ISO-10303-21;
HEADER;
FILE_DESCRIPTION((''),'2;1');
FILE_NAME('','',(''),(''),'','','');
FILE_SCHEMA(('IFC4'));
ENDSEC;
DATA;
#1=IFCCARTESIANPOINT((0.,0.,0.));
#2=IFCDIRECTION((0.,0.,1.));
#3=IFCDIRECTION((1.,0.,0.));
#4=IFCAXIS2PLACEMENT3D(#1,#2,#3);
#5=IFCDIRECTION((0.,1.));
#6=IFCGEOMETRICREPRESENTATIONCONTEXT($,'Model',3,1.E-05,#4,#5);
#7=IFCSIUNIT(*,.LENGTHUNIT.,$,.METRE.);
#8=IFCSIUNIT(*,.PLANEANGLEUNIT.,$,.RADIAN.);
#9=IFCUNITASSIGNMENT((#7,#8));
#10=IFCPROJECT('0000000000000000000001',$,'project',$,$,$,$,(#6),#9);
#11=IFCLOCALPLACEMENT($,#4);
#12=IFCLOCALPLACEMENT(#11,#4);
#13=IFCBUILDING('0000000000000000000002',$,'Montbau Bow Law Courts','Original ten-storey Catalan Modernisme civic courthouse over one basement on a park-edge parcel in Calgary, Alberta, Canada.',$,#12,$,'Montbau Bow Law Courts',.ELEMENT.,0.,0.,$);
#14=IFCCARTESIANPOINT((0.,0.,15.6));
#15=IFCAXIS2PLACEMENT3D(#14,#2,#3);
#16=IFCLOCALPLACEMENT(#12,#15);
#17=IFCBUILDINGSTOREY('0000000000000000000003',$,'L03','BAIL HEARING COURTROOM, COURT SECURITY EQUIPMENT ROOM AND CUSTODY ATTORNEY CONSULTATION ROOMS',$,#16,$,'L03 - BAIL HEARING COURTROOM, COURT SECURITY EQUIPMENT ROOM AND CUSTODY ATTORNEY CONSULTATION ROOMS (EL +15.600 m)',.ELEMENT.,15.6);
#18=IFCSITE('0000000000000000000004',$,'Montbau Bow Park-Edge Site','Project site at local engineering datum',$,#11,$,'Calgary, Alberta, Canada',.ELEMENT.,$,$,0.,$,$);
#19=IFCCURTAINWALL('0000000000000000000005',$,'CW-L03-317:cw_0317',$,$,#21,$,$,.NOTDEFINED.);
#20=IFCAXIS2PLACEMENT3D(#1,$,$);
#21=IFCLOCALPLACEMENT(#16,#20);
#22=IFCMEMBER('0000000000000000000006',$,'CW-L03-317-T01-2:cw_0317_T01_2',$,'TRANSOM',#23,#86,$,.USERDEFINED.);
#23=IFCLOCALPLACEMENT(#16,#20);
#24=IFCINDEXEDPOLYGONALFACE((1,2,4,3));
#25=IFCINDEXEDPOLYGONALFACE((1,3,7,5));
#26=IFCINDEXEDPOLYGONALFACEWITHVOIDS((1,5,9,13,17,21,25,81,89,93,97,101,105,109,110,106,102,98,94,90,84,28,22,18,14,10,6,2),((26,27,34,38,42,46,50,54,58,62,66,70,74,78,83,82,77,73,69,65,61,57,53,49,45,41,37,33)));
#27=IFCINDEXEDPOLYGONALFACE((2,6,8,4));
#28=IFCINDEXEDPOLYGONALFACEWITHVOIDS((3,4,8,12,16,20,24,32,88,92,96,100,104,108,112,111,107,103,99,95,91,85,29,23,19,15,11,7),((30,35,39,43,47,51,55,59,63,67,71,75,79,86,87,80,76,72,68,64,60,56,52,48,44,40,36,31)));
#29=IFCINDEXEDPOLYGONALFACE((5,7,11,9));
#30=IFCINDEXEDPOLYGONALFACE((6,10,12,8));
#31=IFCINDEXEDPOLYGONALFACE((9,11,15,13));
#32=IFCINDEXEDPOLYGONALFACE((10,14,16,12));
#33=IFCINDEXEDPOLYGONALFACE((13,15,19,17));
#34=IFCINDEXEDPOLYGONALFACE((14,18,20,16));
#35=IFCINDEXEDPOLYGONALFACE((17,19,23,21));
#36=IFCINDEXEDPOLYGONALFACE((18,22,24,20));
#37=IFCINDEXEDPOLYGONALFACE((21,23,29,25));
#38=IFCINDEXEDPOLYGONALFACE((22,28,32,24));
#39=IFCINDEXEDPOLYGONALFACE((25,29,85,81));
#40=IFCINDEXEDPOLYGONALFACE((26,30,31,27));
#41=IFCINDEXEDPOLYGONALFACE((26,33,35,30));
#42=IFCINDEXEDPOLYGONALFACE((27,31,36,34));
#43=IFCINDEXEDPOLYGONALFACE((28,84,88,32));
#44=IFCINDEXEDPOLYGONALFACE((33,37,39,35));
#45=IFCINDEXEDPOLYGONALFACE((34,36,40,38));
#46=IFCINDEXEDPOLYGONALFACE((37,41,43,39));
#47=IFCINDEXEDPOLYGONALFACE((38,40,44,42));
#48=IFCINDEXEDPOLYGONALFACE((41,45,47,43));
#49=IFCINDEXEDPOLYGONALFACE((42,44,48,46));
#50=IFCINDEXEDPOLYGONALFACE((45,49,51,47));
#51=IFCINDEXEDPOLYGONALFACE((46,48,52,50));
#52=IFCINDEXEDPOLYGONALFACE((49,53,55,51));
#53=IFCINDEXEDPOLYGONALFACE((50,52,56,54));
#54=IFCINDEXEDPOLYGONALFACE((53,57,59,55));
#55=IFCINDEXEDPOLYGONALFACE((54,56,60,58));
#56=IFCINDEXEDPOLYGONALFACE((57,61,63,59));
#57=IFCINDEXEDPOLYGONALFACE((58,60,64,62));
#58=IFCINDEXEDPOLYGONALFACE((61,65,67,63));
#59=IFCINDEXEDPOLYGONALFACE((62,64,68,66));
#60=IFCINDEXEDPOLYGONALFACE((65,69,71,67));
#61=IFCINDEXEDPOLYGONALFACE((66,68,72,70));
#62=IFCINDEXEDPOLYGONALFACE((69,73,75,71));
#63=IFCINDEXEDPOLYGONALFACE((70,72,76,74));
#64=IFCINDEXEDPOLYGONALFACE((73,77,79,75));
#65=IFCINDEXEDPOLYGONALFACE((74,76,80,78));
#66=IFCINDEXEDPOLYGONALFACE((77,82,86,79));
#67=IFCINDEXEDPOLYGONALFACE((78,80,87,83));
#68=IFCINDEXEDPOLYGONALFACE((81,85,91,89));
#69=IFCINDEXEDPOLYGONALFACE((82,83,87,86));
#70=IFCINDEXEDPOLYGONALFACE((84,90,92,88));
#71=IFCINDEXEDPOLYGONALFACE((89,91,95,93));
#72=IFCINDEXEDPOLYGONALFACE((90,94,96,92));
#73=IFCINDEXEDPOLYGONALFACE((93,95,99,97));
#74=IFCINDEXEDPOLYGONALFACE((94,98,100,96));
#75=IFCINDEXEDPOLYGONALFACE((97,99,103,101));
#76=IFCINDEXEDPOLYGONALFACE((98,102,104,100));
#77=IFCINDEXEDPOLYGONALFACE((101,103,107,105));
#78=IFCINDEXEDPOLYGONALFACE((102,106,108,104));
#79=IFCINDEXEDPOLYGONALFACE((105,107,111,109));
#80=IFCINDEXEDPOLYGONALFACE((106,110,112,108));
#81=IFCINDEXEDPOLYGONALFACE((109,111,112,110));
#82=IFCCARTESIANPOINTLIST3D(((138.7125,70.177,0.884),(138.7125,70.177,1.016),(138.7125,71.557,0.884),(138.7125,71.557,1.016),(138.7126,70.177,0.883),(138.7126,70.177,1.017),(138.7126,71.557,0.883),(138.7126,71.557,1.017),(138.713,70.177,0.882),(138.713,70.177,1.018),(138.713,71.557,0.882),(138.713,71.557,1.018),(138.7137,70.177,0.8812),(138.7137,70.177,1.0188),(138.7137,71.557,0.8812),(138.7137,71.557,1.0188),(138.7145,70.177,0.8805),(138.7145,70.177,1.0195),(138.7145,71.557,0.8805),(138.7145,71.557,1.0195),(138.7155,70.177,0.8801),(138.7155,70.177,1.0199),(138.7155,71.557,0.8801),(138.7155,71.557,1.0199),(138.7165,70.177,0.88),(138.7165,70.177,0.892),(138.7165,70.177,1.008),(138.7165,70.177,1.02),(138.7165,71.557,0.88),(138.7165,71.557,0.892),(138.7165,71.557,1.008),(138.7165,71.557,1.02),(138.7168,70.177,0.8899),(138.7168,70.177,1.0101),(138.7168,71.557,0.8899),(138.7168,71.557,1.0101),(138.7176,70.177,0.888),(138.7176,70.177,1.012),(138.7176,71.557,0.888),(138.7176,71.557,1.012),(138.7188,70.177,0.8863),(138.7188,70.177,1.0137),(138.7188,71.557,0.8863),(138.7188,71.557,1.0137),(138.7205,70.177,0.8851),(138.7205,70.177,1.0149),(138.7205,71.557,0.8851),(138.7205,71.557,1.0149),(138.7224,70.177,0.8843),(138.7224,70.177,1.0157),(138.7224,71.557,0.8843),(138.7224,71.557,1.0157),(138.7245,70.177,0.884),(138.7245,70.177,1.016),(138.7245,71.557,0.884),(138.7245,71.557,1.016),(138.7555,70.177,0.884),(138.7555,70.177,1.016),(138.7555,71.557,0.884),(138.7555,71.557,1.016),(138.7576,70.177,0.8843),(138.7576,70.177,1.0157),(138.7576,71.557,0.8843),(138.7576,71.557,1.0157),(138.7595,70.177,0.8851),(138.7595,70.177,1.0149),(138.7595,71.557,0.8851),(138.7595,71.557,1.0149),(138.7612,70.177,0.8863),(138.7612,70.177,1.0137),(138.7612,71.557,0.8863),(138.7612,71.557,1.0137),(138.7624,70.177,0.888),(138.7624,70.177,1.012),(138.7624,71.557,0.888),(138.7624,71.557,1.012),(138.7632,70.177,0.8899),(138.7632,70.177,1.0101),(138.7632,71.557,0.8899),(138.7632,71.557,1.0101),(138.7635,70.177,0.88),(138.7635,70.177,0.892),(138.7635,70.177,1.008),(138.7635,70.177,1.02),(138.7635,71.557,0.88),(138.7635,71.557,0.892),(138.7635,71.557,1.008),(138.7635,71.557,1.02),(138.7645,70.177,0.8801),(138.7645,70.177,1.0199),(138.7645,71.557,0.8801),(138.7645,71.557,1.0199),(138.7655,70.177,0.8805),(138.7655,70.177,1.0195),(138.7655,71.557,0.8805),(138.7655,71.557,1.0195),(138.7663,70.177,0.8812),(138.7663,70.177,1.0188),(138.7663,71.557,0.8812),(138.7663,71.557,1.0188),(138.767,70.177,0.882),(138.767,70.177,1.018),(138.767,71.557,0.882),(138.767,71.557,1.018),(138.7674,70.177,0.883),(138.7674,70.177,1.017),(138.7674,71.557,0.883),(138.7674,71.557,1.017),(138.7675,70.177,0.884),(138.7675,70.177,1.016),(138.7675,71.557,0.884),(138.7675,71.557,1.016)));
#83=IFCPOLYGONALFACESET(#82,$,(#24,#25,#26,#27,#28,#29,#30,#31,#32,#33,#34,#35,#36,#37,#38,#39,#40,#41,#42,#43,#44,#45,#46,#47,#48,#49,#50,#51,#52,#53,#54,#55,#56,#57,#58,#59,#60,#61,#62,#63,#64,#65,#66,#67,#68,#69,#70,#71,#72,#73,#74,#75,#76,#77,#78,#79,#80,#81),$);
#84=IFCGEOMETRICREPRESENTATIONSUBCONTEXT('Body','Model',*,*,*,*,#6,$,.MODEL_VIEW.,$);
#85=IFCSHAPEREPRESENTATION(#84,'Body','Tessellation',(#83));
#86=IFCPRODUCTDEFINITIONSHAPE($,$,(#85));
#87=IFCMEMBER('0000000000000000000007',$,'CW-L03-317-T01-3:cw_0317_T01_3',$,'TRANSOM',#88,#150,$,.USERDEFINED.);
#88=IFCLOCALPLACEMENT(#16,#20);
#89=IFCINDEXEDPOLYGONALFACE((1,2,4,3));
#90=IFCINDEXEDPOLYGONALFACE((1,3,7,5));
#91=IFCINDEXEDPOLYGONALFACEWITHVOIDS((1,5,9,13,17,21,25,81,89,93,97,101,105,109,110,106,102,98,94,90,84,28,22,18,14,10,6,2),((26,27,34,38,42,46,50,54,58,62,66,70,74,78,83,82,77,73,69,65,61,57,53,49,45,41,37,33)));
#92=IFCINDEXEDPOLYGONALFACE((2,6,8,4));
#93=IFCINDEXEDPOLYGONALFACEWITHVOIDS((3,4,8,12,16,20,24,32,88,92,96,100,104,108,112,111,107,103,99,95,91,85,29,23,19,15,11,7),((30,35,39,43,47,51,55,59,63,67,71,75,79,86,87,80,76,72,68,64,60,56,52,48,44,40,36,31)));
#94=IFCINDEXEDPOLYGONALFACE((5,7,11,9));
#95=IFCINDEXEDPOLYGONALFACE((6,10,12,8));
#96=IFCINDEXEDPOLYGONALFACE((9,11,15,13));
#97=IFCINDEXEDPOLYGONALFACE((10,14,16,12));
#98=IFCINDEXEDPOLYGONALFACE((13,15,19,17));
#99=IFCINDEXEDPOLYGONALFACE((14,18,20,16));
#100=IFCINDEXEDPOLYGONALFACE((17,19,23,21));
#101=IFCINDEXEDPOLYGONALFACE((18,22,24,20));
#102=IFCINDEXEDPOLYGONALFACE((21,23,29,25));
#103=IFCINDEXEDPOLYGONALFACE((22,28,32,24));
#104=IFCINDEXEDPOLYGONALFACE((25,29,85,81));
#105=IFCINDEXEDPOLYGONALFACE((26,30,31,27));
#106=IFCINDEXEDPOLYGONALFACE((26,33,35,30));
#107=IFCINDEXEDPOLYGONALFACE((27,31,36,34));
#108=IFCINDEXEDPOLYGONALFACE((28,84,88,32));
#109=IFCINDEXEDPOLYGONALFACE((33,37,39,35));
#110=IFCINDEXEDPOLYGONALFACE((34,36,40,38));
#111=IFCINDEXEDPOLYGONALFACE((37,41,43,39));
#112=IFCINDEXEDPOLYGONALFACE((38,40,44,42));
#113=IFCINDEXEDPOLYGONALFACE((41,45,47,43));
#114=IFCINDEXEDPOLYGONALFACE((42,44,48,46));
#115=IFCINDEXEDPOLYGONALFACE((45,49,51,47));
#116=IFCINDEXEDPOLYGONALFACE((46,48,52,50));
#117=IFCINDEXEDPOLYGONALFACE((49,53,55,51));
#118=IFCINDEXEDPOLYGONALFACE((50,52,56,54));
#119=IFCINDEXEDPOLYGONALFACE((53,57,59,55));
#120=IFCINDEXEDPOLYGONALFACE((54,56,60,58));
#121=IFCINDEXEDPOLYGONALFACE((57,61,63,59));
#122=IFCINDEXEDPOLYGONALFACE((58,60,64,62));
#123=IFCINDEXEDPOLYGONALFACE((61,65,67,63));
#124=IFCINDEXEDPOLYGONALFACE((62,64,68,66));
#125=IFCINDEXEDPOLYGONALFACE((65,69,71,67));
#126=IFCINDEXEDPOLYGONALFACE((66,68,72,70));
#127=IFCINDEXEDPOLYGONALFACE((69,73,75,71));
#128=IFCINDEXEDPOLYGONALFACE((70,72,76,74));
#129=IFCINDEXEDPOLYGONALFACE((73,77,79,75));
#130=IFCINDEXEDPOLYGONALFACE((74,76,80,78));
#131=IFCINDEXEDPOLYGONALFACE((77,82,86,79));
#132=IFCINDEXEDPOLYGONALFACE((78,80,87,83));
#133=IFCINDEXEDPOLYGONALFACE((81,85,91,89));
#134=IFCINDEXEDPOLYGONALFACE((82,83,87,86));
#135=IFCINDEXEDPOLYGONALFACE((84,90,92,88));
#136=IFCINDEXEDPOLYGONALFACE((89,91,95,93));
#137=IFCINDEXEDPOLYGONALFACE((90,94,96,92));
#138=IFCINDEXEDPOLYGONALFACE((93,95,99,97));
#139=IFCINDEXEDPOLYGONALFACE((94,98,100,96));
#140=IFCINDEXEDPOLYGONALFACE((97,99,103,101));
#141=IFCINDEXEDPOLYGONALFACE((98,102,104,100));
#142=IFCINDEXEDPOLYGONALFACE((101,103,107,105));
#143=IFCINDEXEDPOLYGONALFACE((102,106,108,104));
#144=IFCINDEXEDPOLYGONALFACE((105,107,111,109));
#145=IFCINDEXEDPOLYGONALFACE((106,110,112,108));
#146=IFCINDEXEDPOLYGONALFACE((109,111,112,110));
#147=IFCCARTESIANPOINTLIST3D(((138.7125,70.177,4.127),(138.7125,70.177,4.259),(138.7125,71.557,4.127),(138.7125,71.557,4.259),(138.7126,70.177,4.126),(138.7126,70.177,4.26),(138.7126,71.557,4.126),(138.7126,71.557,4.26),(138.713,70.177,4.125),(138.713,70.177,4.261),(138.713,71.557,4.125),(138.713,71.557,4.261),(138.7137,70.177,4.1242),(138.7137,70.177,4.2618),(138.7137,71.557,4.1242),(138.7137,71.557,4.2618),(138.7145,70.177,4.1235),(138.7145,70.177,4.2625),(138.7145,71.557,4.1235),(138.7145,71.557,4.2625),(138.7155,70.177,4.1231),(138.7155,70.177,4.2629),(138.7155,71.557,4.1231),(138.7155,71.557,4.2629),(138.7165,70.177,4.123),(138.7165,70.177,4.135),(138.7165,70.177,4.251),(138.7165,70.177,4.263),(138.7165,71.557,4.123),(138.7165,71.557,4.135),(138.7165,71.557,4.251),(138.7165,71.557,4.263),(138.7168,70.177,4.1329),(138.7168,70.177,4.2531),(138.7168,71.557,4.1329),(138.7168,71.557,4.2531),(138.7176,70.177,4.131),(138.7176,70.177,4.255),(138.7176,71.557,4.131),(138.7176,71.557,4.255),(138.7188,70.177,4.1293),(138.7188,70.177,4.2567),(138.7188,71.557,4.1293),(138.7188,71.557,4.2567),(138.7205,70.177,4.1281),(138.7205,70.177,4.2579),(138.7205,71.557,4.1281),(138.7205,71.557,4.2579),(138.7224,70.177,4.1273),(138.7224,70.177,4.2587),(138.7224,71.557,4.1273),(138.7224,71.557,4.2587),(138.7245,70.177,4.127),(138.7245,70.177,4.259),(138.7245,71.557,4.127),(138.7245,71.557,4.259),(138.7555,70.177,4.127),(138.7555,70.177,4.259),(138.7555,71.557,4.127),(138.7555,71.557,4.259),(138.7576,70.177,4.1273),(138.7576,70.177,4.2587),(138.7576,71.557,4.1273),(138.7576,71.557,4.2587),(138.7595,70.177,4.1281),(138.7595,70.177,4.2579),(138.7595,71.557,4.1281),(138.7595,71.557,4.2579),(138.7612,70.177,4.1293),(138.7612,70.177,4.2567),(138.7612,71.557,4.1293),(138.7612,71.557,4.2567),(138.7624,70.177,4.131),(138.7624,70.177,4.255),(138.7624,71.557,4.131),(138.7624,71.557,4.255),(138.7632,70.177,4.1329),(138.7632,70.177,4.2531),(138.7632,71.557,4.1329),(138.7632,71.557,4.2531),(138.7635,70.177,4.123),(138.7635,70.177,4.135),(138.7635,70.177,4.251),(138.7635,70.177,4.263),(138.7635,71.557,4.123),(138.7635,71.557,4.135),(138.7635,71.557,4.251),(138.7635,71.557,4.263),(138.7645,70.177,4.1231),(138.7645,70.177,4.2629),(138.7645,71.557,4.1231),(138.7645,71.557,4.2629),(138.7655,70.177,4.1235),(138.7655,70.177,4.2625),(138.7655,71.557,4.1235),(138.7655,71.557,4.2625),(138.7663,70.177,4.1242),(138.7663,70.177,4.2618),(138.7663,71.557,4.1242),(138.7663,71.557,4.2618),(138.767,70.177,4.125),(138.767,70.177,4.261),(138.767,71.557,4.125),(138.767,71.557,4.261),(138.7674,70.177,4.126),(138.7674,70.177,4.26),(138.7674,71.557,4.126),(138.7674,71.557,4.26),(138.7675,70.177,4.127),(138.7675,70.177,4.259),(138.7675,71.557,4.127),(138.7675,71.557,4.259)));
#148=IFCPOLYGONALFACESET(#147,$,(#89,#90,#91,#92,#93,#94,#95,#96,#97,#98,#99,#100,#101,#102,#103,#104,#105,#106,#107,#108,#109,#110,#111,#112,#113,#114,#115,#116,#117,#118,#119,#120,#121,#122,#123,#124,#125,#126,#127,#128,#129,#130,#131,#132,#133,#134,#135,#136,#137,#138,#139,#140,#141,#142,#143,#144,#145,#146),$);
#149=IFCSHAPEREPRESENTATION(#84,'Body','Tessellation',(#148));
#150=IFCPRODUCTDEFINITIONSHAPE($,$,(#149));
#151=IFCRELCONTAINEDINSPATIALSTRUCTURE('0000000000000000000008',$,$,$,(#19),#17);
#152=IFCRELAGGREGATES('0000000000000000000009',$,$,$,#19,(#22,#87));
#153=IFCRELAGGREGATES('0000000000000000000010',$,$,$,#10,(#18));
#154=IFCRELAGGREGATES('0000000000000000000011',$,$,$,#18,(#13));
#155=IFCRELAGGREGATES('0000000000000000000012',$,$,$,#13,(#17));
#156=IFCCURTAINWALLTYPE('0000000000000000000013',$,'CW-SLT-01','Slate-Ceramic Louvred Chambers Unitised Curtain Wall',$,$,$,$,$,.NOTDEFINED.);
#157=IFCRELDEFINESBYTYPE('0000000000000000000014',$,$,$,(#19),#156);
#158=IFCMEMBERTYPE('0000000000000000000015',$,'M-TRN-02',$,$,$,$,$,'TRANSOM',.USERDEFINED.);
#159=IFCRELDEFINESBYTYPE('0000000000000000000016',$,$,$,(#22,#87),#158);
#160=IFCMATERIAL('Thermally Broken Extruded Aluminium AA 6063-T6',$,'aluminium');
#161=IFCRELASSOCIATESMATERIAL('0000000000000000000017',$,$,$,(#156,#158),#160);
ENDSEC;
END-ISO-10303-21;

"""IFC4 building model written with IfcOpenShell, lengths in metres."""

from ifc_helpers import new_model, si_unit, direction, frame, origin_with_axes, origin_2d_with_axis, place, context, subcontext, project, spatial, hollow_rectangle, extrude, material, material_profile, profile_set, type_object, element, aggregate, save


model = new_model("IFC4")

# Units and contexts
model_context = context("Model", 3, precision=1e-05, world=origin_with_axes(), true_north=direction((0.0, 1.0)))
body_context = subcontext(model_context, "Body", "Model", "MODEL_VIEW")
ifc_project = project(units=[si_unit("LENGTHUNIT", "METRE"), si_unit("PLANEANGLEUNIT", "RADIAN")], contexts=[model_context])

# Site, building, storey
site_placement = place(None, origin_with_axes())
site = spatial("IfcSite", under=ifc_project, at=site_placement, Name="Montbau Bow Park-Edge Site", Description="Project site at local engineering datum", LongName="Calgary, Alberta, Canada", CompositionType="ELEMENT", RefElevation=0.0)
building_placement = place(site_placement, origin_with_axes())
building = spatial("IfcBuilding", under=site, at=building_placement, Name="Montbau Bow Law Courts", Description="Original ten-storey Catalan Modernisme civic courthouse over one basement on a park-edge parcel in Calgary, Alberta, Canada.", LongName="Montbau Bow Law Courts", CompositionType="ELEMENT", ElevationOfRefHeight=0.0, ElevationOfTerrain=0.0)
storey_placement = place(building_placement, frame((0.0, 0.0, 15.6), z_axis=(0.0, 0.0, 1.0), x_axis=(1.0, 0.0, 0.0)))
storey = spatial("IfcBuildingStorey", under=building, at=storey_placement, Name="L03", Description="BAIL HEARING COURTROOM, COURT SECURITY EQUIPMENT ROOM AND CUSTODY ATTORNEY CONSULTATION ROOMS", LongName="L03 - BAIL HEARING COURTROOM, COURT SECURITY EQUIPMENT ROOM AND CUSTODY ATTORNEY CONSULTATION ROOMS (EL +15.600 m)", CompositionType="ELEMENT", Elevation=15.6)

# Curtain wall, members
ifc_material_1 = material(Name="Thermally Broken Extruded Aluminium AA 6063-T6", Category="aluminium")
curtain_wall_type = type_object("IfcCurtainWallType", Name="CW-SLT-01", Description="Slate-Ceramic Louvred Chambers Unitised Curtain Wall", PredefinedType="NOTDEFINED", material=ifc_material_1)
curtain_wall_placement = place(None, frame((138.74, 70.115, 15.6), z_axis=(0.0, 0.0, 1.0), x_axis=(1.0, 0.0, 0.0)))
curtain_wall = element("IfcCurtainWall", 1, at=curtain_wall_placement, inside=storey, type_object=curtain_wall_type, Name="CW-L03-317:cw_0317", PredefinedType="NOTDEFINED")
ifc_material_profile_1 = material_profile(ifc_material_1, hollow_rectangle(XDim=0.055, YDim=0.14, WallThickness=0.004, InnerFilletRadius=0.008, OuterFilletRadius=0.004, at=origin_2d_with_axis()), Name="CWT-140X55", Category="Main", Priority=0)
ifc_profile_set_1 = profile_set([ifc_material_profile_1], Name="Thermally Broken Extruded Aluminium AA 6063-T6")
member_type_1 = type_object("IfcMemberType", Name="M-TRN-02", ElementType="TRANSOM", PredefinedType="USERDEFINED", material=ifc_profile_set_1)
member_1_placement = place(None, frame((138.74, 70.177, 16.55), z_axis=(0.0, 1.0, 0.0), x_axis=(-1.0, 0.0, 0.0)))
member_1 = element("IfcMember", 2, at=member_1_placement, type_object=member_type_1, Name="CW-L03-317-T01-2:cw_0317_T01_2", ObjectType="TRANSOM", PredefinedType="USERDEFINED", context=body_context, shape_type="SweptSolid", body=[
    extrude(hollow_rectangle(XDim=0.055, YDim=0.14, WallThickness=0.004, InnerFilletRadius=0.008, OuterFilletRadius=0.004, at=origin_2d_with_axis()), origin_with_axes(), (0.0, 0.0, 1.0), 1.38),
])
member_2_placement = place(None, frame((138.74, 70.177, 19.793), z_axis=(0.0, 1.0, 0.0), x_axis=(-1.0, 0.0, 0.0)))
member_2 = element("IfcMember", 3, at=member_2_placement, type_object=member_type_1, Name="CW-L03-317-T01-3:cw_0317_T01_3", ObjectType="TRANSOM", PredefinedType="USERDEFINED", context=body_context, shape_type="SweptSolid", body=[
    extrude(hollow_rectangle(XDim=0.055, YDim=0.14, WallThickness=0.004, InnerFilletRadius=0.008, OuterFilletRadius=0.004, at=origin_2d_with_axis()), origin_with_axes(), (0.0, 0.0, 1.0), 1.38),
])
aggregate(curtain_wall, [member_1, member_2])

save(model, "model.ifc")
